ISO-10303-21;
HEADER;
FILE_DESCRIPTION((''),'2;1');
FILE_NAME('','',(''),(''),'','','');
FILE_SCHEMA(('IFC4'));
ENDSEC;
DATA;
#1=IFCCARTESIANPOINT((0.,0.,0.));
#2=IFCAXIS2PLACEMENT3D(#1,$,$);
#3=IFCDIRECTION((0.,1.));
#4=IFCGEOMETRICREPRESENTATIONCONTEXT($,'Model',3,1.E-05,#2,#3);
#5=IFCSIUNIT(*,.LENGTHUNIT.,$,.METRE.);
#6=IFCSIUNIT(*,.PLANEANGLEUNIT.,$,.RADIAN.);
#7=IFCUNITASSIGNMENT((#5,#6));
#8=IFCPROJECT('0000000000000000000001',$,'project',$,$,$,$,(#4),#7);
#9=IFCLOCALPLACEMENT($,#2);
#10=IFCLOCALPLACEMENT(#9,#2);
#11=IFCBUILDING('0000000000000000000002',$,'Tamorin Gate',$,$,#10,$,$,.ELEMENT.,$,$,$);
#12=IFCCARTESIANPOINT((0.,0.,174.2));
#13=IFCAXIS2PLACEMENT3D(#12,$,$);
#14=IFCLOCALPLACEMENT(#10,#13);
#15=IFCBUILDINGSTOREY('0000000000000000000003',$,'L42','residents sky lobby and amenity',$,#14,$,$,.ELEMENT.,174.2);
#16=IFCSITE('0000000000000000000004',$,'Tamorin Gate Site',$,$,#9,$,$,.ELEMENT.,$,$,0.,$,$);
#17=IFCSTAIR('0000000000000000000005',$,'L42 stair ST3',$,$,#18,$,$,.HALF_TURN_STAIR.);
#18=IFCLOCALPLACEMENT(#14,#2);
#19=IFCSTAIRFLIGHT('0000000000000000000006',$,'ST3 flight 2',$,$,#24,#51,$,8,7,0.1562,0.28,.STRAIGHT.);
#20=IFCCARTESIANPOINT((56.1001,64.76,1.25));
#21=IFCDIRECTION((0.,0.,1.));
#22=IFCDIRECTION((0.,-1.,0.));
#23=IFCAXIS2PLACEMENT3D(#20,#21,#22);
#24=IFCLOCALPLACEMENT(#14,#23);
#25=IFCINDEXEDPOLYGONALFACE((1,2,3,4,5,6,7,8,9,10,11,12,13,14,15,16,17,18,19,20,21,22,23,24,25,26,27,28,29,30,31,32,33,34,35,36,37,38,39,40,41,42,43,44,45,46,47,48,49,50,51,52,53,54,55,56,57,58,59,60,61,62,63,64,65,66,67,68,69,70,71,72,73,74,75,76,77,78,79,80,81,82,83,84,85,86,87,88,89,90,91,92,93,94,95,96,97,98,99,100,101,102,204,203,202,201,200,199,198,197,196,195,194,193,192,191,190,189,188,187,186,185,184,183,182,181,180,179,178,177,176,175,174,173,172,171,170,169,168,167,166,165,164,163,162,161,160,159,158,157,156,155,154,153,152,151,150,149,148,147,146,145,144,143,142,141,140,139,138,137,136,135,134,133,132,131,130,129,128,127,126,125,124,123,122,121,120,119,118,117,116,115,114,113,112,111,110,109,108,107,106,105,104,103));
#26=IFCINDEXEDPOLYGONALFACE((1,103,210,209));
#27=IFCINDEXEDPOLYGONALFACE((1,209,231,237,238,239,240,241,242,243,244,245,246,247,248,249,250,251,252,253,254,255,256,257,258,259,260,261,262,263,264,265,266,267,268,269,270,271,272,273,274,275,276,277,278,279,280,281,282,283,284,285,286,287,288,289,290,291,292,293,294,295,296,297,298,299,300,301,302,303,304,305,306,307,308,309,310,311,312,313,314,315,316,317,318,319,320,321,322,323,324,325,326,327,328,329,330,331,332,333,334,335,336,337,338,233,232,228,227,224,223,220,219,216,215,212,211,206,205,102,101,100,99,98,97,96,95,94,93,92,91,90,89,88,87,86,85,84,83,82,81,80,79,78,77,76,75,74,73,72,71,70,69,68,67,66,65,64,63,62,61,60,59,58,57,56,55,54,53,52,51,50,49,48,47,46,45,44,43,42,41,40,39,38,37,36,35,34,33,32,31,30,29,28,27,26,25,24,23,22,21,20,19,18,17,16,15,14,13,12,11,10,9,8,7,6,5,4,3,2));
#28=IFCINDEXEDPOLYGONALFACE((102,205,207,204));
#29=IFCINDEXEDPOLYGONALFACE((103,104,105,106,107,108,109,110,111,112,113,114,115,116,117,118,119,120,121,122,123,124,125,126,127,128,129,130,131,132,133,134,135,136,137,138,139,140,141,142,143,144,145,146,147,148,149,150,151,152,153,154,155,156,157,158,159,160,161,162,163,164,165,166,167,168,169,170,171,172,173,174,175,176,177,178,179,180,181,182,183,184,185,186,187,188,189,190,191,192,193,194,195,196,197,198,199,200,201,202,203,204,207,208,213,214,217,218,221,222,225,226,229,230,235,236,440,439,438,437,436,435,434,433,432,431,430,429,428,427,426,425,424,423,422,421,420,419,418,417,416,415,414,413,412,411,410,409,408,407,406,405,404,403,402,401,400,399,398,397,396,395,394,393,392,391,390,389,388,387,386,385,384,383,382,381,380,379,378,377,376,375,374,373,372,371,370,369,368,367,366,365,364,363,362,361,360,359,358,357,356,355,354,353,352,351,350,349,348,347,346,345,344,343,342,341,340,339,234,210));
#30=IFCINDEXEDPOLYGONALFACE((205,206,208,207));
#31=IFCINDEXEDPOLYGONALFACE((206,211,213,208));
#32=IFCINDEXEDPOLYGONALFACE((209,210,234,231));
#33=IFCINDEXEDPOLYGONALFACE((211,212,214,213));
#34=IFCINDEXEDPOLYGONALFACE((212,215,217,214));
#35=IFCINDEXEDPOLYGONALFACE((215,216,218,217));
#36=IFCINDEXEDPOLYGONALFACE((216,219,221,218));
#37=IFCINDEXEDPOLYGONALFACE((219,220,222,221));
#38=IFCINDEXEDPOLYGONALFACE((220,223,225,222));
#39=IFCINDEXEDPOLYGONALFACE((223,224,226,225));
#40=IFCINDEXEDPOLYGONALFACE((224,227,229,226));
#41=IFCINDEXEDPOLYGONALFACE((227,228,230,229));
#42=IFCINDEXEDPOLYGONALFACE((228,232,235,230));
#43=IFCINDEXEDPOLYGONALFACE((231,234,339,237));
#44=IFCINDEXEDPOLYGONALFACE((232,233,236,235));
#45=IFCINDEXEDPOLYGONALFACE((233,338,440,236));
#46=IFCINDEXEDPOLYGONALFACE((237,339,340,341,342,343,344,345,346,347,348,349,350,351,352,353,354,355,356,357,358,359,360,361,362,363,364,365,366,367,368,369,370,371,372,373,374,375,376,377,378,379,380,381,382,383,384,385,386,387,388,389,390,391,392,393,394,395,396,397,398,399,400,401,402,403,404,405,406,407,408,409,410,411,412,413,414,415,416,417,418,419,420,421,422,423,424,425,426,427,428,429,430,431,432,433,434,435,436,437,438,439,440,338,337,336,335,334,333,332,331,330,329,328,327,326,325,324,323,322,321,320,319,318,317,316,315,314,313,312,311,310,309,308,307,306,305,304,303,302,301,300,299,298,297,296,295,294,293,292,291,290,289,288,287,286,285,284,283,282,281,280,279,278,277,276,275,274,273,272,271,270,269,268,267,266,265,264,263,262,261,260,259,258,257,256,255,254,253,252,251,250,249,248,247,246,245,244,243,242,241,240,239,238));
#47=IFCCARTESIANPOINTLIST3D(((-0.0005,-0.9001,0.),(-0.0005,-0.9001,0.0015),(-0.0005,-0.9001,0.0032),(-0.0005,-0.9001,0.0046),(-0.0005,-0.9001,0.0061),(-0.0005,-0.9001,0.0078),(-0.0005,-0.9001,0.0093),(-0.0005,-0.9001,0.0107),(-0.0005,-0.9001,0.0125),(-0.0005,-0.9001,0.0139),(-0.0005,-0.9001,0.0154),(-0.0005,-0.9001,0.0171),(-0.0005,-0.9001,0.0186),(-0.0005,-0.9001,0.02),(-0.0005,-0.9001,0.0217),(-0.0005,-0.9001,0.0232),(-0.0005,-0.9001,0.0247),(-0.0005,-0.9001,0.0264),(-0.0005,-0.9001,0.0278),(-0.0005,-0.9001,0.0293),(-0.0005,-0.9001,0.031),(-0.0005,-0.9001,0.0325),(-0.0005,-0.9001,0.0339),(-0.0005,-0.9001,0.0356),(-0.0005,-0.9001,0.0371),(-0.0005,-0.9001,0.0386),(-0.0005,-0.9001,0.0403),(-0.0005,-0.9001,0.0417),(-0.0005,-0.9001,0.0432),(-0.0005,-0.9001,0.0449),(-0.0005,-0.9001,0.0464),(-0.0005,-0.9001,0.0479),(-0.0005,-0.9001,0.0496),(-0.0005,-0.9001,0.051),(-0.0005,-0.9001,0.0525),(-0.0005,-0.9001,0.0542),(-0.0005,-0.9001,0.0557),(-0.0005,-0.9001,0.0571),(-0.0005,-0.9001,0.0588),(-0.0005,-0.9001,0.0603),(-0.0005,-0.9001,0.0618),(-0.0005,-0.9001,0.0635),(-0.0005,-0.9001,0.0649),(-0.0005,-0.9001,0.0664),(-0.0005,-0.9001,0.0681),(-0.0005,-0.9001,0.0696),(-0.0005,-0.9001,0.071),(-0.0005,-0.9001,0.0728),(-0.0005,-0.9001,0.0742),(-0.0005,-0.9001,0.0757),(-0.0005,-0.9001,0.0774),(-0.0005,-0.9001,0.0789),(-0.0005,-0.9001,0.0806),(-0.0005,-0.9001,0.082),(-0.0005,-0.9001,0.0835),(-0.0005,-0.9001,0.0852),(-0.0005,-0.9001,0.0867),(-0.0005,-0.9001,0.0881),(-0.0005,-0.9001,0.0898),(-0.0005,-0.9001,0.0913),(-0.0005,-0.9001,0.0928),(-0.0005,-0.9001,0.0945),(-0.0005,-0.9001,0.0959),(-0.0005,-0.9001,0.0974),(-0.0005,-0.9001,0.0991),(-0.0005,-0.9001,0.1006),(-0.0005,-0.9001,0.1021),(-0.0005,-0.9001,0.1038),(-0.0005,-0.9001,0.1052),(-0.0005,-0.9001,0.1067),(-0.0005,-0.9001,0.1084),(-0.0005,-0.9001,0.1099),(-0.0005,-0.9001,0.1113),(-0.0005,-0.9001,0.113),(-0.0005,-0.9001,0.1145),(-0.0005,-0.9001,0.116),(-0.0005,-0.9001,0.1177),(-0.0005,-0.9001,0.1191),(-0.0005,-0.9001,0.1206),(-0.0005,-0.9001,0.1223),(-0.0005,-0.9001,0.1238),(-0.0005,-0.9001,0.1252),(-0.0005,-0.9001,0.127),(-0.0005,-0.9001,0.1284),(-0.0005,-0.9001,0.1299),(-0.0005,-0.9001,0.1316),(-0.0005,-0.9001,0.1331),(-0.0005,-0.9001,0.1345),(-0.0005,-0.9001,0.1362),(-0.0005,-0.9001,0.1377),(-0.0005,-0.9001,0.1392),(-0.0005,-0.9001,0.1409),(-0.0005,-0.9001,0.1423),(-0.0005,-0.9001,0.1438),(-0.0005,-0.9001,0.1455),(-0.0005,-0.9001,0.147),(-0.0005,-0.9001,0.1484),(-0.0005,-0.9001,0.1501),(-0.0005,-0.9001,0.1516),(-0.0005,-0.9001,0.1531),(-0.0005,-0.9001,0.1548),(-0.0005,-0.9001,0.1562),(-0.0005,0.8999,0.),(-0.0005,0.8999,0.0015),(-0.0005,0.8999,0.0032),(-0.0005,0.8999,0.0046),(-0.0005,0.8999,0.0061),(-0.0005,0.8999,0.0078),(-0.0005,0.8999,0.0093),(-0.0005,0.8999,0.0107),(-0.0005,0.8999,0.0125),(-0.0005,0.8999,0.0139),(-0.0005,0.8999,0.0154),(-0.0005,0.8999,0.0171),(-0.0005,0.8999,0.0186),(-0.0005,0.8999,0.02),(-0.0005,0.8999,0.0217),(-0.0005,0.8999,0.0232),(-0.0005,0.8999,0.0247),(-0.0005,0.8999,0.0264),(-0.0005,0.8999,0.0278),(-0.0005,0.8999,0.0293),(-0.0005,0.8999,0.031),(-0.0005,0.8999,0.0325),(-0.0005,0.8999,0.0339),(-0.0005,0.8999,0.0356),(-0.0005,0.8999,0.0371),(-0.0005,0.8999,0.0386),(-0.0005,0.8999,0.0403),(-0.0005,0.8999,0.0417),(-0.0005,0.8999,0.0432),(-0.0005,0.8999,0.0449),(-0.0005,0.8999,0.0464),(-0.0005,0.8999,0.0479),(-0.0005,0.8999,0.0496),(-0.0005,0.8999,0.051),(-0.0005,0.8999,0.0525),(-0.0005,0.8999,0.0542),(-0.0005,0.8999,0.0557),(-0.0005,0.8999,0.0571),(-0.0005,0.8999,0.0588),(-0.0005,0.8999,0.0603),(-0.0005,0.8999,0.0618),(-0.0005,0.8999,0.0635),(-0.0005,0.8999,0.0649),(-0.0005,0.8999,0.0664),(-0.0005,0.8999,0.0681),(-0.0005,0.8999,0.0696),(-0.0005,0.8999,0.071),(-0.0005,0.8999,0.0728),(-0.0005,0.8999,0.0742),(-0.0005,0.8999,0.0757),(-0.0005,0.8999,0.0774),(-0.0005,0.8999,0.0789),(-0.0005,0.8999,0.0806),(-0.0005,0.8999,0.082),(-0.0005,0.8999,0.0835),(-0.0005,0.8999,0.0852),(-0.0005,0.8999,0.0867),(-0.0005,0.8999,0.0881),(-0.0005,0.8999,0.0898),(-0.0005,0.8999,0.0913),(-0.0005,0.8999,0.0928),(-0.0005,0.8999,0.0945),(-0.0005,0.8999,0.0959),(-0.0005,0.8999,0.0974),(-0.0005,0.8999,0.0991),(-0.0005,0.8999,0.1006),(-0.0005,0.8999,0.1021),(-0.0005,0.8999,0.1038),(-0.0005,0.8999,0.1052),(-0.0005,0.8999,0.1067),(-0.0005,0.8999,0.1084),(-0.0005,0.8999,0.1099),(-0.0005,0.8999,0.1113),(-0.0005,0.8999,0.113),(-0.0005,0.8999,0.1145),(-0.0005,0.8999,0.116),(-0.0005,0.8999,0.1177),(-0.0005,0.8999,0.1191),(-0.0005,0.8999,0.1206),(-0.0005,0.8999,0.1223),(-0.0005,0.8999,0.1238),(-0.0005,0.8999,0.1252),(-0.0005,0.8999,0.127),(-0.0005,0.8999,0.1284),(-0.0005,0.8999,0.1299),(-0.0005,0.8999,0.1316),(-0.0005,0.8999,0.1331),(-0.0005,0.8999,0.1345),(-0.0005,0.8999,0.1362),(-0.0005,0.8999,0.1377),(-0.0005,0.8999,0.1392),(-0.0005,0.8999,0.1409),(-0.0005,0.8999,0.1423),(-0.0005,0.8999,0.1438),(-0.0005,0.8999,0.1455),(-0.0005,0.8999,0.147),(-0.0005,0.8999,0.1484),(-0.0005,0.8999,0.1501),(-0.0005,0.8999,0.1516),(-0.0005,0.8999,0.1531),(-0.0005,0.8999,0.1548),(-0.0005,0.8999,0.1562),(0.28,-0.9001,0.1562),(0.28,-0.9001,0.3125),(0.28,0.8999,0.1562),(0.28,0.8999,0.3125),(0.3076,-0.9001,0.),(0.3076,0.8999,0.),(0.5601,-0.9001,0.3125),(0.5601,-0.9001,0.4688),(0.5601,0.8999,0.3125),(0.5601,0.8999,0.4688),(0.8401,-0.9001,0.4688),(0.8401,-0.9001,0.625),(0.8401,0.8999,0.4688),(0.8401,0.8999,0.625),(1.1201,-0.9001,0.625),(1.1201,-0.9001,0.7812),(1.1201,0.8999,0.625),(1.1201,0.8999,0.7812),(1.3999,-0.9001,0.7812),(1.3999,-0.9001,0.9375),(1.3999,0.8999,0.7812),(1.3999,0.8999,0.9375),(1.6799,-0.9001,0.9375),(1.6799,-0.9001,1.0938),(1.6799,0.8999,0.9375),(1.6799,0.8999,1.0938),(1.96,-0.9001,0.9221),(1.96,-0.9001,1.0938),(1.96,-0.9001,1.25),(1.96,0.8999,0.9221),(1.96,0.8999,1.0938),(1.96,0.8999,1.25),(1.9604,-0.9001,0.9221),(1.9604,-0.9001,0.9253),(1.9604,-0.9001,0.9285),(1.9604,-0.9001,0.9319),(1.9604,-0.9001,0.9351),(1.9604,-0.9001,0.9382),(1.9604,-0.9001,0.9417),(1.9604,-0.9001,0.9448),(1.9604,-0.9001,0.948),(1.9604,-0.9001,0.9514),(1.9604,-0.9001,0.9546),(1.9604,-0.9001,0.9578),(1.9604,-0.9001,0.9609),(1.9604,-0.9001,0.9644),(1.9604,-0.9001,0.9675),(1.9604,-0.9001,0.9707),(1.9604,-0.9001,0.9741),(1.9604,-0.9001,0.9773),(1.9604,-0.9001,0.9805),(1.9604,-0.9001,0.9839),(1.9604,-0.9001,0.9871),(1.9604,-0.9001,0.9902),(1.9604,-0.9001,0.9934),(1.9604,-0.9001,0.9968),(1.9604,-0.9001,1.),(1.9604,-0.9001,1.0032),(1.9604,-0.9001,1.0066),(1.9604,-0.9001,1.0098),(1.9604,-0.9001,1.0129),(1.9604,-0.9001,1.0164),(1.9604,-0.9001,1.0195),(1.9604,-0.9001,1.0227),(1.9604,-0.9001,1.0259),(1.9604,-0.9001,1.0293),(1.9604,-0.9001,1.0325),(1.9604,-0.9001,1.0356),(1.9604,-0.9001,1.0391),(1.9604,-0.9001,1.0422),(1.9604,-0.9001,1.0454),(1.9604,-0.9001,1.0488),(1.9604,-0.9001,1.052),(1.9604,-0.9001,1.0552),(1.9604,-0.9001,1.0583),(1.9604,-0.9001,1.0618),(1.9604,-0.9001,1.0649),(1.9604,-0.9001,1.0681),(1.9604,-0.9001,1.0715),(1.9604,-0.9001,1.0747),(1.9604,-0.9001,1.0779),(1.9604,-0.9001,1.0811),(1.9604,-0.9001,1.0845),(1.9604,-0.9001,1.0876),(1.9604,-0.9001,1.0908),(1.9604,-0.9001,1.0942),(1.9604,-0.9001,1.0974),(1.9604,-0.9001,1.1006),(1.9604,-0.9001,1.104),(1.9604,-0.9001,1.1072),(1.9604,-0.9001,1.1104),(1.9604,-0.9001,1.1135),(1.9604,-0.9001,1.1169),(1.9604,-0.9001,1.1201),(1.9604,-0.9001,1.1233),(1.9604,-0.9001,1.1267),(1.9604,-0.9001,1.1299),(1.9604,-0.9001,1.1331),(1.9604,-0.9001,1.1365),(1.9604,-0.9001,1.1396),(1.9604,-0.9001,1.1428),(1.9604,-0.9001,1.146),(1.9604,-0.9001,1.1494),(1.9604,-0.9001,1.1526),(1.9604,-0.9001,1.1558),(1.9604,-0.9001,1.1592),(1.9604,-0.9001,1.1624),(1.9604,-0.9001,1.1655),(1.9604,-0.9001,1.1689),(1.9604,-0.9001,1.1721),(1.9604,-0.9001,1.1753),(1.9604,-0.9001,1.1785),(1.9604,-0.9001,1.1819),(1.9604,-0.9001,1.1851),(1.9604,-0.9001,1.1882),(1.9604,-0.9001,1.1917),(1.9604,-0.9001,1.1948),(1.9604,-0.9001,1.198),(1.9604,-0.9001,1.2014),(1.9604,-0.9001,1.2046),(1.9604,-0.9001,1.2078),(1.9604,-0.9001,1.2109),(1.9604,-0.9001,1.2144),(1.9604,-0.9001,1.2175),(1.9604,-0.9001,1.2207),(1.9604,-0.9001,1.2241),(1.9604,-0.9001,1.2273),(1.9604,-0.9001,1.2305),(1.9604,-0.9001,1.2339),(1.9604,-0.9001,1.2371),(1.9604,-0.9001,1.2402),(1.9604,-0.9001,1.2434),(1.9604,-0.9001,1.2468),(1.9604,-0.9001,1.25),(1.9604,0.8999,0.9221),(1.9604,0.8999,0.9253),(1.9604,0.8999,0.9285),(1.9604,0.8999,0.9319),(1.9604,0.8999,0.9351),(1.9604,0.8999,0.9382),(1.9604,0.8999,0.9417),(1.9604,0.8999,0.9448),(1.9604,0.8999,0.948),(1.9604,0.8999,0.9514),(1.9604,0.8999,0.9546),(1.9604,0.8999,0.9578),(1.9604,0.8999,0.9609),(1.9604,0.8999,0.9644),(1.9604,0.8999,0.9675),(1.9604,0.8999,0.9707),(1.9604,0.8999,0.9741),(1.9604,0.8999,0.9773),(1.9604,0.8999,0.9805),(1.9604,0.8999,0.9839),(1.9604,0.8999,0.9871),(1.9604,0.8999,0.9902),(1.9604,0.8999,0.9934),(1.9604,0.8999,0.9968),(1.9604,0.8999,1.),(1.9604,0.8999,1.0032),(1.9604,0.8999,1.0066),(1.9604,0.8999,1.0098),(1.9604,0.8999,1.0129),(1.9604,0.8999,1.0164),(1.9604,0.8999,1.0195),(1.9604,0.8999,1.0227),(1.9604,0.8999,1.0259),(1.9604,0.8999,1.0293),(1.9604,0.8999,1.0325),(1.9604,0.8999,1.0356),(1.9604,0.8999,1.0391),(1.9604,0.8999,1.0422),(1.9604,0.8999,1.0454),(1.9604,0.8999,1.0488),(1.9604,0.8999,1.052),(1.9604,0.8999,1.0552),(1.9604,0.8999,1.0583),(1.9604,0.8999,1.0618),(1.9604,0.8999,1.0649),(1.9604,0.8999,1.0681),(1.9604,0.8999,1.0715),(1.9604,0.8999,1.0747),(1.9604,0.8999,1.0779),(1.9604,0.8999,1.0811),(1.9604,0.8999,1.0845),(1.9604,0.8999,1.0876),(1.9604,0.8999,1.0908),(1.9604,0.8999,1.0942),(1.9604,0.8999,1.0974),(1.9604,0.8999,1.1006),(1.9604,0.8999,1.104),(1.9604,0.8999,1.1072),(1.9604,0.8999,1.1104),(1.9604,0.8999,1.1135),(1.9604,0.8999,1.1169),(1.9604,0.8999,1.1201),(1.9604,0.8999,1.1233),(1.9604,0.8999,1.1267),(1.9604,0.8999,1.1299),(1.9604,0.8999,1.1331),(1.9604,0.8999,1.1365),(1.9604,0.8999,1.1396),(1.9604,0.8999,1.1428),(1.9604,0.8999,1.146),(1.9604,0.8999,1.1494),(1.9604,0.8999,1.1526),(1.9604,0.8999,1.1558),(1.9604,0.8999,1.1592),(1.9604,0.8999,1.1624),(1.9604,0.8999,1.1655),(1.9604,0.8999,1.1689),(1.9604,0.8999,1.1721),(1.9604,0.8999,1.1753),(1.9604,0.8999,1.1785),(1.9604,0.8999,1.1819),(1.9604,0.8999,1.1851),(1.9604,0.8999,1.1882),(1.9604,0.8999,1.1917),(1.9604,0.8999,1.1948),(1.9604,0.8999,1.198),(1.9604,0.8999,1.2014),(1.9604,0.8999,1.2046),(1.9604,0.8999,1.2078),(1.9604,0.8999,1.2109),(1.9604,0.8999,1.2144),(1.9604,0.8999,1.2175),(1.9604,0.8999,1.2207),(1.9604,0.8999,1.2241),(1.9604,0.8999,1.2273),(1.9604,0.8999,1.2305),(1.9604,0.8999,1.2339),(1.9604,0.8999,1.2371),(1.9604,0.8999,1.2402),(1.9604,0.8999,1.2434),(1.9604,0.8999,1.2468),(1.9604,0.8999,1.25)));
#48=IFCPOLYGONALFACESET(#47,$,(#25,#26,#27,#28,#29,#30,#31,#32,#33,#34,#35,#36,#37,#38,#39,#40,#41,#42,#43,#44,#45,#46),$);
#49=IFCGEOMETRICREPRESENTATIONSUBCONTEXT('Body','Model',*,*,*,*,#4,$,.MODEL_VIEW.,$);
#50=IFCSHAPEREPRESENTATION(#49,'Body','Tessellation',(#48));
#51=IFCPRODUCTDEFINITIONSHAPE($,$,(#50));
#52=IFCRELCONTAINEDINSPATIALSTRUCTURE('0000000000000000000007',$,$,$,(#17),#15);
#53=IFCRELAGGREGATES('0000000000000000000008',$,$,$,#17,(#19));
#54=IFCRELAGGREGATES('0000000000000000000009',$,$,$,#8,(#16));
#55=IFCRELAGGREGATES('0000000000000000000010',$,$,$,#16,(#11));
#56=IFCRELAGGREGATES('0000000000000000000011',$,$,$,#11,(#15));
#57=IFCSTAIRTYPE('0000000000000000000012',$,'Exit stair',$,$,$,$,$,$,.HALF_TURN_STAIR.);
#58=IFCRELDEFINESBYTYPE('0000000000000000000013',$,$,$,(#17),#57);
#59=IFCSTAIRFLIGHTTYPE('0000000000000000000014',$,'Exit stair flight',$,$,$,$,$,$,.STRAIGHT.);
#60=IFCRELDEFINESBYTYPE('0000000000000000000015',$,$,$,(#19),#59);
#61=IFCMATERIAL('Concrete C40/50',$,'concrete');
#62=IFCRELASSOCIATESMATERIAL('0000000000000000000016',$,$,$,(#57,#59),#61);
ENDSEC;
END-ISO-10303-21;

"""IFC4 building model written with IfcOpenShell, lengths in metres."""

from ifc_helpers import new_model, si_unit, direction, frame, origin, place, context, subcontext, project, spatial, polyline, outline, extrude, material, type_object, element, aggregate, save


model = new_model("IFC4")

# Units and contexts
model_context = context("Model", 3, precision=1e-05, world=origin(), true_north=direction((0.0, 1.0)))
body_context = subcontext(model_context, "Body", "Model", "MODEL_VIEW")
ifc_project = project(units=[si_unit("LENGTHUNIT", "METRE"), si_unit("PLANEANGLEUNIT", "RADIAN")], contexts=[model_context])

# Site, building, storey
site_placement = place(None, origin())
site = spatial("IfcSite", under=ifc_project, at=site_placement, Name="Tamorin Gate Site", CompositionType="ELEMENT", RefElevation=0.0)
building_placement = place(site_placement, origin())
building = spatial("IfcBuilding", under=site, at=building_placement, Name="Tamorin Gate", CompositionType="ELEMENT")
storey_placement = place(building_placement, frame((0.0, 0.0, 174.2)))
storey = spatial("IfcBuildingStorey", under=building, at=storey_placement, Name="L42", Description="residents sky lobby and amenity", CompositionType="ELEMENT", Elevation=174.2)

# Stair, stair flight
ifc_material_1 = material(Name="Concrete C40/50", Category="concrete")
stair_type = type_object("IfcStairType", Name="Exit stair", PredefinedType="HALF_TURN_STAIR", material=ifc_material_1)
stair_placement = place(storey_placement, origin())
stair = element("IfcStair", 1, at=stair_placement, inside=storey, type_object=stair_type, Name="L42 stair ST3", PredefinedType="HALF_TURN_STAIR")
stair_flight_type = type_object("IfcStairFlightType", Name="Exit stair flight", PredefinedType="STRAIGHT", material=ifc_material_1)
stair_flight_1_placement = place(storey_placement, frame((56.1001, 64.76, 1.25), z_axis=(0.0, 0.0, 1.0), x_axis=(0.0, -1.0, 0.0)))
stair_flight_1 = element("IfcStairFlight", 2, at=stair_flight_1_placement, type_object=stair_flight_type, Name="ST3 flight 2", NumberOfRisers=8, NumberOfTreads=7, PredefinedType="STRAIGHT", RiserHeight=0.1562, TreadLength=0.28, context=body_context, shape_type="SweptSolid", body=[
    extrude(outline(polyline([(-0.0005, 0.0), (-0.0005, 0.0015), (-0.0005, 0.0032), (-0.0005, 0.0046), (-0.0005, 0.0061), (-0.0005, 0.0078), (-0.0005, 0.0093), (-0.0005, 0.0107), (-0.0005, 0.0125), (-0.0005, 0.0139), (-0.0005, 0.0154), (-0.0005, 0.0171), (-0.0005, 0.0186), (-0.0005, 0.02), (-0.0005, 0.0217), (-0.0005, 0.0232), (-0.0005, 0.0247), (-0.0005, 0.0264), (-0.0005, 0.0278), (-0.0005, 0.0293), (-0.0005, 0.031), (-0.0005, 0.0325), (-0.0005, 0.0339), (-0.0005, 0.0356), (-0.0005, 0.0371), (-0.0005, 0.0386), (-0.0005, 0.0403), (-0.0005, 0.0417), (-0.0005, 0.0432), (-0.0005, 0.0449), (-0.0005, 0.0464), (-0.0005, 0.0479), (-0.0005, 0.0496), (-0.0005, 0.051), (-0.0005, 0.0525), (-0.0005, 0.0542), (-0.0005, 0.0557), (-0.0005, 0.0571), (-0.0005, 0.0588), (-0.0005, 0.0603), (-0.0005, 0.0618), (-0.0005, 0.0635), (-0.0005, 0.0649), (-0.0005, 0.0664), (-0.0005, 0.0681), (-0.0005, 0.0696), (-0.0005, 0.071), (-0.0005, 0.0728), (-0.0005, 0.0742), (-0.0005, 0.0757), (-0.0005, 0.0774), (-0.0005, 0.0789), (-0.0005, 0.0806), (-0.0005, 0.082), (-0.0005, 0.0835), (-0.0005, 0.0852), (-0.0005, 0.0867), (-0.0005, 0.0881), (-0.0005, 0.0898), (-0.0005, 0.0913), (-0.0005, 0.0928), (-0.0005, 0.0945), (-0.0005, 0.0959), (-0.0005, 0.0974), (-0.0005, 0.0991), (-0.0005, 0.1006), (-0.0005, 0.1021), (-0.0005, 0.1038), (-0.0005, 0.1052), (-0.0005, 0.1067), (-0.0005, 0.1084), (-0.0005, 0.1099), (-0.0005, 0.1113), (-0.0005, 0.113), (-0.0005, 0.1145), (-0.0005, 0.116), (-0.0005, 0.1177), (-0.0005, 0.1191), (-0.0005, 0.1206), (-0.0005, 0.1223), (-0.0005, 0.1238), (-0.0005, 0.1252), (-0.0005, 0.127), (-0.0005, 0.1284), (-0.0005, 0.1299), (-0.0005, 0.1316), (-0.0005, 0.1331), (-0.0005, 0.1345), (-0.0005, 0.1362), (-0.0005, 0.1377), (-0.0005, 0.1392), (-0.0005, 0.1409), (-0.0005, 0.1423), (-0.0005, 0.1438), (-0.0005, 0.1455), (-0.0005, 0.147), (-0.0005, 0.1484), (-0.0005, 0.1501), (-0.0005, 0.1516), (-0.0005, 0.1531), (-0.0005, 0.1548), (-0.0005, 0.1562), (0.28, 0.1562), (0.28, 0.3125), (0.5601, 0.3125), (0.5601, 0.4688), (0.8401, 0.4688), (0.8401, 0.625), (1.1201, 0.625), (1.1201, 0.7812), (1.3999, 0.7812), (1.3999, 0.9375), (1.6799, 0.9375), (1.6799, 1.0938), (1.96, 1.0938), (1.96, 1.25), (1.9604, 1.25), (1.9604, 1.2468), (1.9604, 1.2434), (1.9604, 1.2402), (1.9604, 1.2371), (1.9604, 1.2339), (1.9604, 1.2305), (1.9604, 1.2273), (1.9604, 1.2241), (1.9604, 1.2207), (1.9604, 1.2175), (1.9604, 1.2144), (1.9604, 1.2109), (1.9604, 1.2078), (1.9604, 1.2046), (1.9604, 1.2014), (1.9604, 1.198), (1.9604, 1.1948), (1.9604, 1.1917), (1.9604, 1.1882), (1.9604, 1.1851), (1.9604, 1.1819), (1.9604, 1.1785), (1.9604, 1.1753), (1.9604, 1.1721), (1.9604, 1.1689), (1.9604, 1.1655), (1.9604, 1.1624), (1.9604, 1.1592), (1.9604, 1.1558), (1.9604, 1.1526), (1.9604, 1.1494), (1.9604, 1.146), (1.9604, 1.1428), (1.9604, 1.1396), (1.9604, 1.1365), (1.9604, 1.1331), (1.9604, 1.1299), (1.9604, 1.1267), (1.9604, 1.1233), (1.9604, 1.1201), (1.9604, 1.1169), (1.9604, 1.1135), (1.9604, 1.1104), (1.9604, 1.1072), (1.9604, 1.104), (1.9604, 1.1006), (1.9604, 1.0974), (1.9604, 1.0942), (1.9604, 1.0908), (1.9604, 1.0876), (1.9604, 1.0845), (1.9604, 1.0811), (1.9604, 1.0779), (1.9604, 1.0747), (1.9604, 1.0715), (1.9604, 1.0681), (1.9604, 1.0649), (1.9604, 1.0618), (1.9604, 1.0583), (1.9604, 1.0552), (1.9604, 1.052), (1.9604, 1.0488), (1.9604, 1.0454), (1.9604, 1.0422), (1.9604, 1.0391), (1.9604, 1.0356), (1.9604, 1.0325), (1.9604, 1.0293), (1.9604, 1.0259), (1.9604, 1.0227), (1.9604, 1.0195), (1.9604, 1.0164), (1.9604, 1.0129), (1.9604, 1.0098), (1.9604, 1.0066), (1.9604, 1.0032), (1.9604, 1.0), (1.9604, 0.9968), (1.9604, 0.9934), (1.9604, 0.9902), (1.9604, 0.9871), (1.9604, 0.9839), (1.9604, 0.9805), (1.9604, 0.9773), (1.9604, 0.9741), (1.9604, 0.9707), (1.9604, 0.9675), (1.9604, 0.9644), (1.9604, 0.9609), (1.9604, 0.9578), (1.9604, 0.9546), (1.9604, 0.9514), (1.9604, 0.948), (1.9604, 0.9448), (1.9604, 0.9417), (1.9604, 0.9382), (1.9604, 0.9351), (1.9604, 0.9319), (1.9604, 0.9285), (1.9604, 0.9253), (1.9604, 0.9221), (1.96, 0.9221), (0.3076, 0.0), (-0.0005, 0.0)])), frame((0.0, 0.8999, 0.0), z_axis=(0.0, -1.0, 0.0), x_axis=(1.0, 0.0, 0.0)), (0.0, 0.0, 1.0), 1.8),
])
aggregate(stair, [stair_flight_1])

save(model, "model.ifc")
